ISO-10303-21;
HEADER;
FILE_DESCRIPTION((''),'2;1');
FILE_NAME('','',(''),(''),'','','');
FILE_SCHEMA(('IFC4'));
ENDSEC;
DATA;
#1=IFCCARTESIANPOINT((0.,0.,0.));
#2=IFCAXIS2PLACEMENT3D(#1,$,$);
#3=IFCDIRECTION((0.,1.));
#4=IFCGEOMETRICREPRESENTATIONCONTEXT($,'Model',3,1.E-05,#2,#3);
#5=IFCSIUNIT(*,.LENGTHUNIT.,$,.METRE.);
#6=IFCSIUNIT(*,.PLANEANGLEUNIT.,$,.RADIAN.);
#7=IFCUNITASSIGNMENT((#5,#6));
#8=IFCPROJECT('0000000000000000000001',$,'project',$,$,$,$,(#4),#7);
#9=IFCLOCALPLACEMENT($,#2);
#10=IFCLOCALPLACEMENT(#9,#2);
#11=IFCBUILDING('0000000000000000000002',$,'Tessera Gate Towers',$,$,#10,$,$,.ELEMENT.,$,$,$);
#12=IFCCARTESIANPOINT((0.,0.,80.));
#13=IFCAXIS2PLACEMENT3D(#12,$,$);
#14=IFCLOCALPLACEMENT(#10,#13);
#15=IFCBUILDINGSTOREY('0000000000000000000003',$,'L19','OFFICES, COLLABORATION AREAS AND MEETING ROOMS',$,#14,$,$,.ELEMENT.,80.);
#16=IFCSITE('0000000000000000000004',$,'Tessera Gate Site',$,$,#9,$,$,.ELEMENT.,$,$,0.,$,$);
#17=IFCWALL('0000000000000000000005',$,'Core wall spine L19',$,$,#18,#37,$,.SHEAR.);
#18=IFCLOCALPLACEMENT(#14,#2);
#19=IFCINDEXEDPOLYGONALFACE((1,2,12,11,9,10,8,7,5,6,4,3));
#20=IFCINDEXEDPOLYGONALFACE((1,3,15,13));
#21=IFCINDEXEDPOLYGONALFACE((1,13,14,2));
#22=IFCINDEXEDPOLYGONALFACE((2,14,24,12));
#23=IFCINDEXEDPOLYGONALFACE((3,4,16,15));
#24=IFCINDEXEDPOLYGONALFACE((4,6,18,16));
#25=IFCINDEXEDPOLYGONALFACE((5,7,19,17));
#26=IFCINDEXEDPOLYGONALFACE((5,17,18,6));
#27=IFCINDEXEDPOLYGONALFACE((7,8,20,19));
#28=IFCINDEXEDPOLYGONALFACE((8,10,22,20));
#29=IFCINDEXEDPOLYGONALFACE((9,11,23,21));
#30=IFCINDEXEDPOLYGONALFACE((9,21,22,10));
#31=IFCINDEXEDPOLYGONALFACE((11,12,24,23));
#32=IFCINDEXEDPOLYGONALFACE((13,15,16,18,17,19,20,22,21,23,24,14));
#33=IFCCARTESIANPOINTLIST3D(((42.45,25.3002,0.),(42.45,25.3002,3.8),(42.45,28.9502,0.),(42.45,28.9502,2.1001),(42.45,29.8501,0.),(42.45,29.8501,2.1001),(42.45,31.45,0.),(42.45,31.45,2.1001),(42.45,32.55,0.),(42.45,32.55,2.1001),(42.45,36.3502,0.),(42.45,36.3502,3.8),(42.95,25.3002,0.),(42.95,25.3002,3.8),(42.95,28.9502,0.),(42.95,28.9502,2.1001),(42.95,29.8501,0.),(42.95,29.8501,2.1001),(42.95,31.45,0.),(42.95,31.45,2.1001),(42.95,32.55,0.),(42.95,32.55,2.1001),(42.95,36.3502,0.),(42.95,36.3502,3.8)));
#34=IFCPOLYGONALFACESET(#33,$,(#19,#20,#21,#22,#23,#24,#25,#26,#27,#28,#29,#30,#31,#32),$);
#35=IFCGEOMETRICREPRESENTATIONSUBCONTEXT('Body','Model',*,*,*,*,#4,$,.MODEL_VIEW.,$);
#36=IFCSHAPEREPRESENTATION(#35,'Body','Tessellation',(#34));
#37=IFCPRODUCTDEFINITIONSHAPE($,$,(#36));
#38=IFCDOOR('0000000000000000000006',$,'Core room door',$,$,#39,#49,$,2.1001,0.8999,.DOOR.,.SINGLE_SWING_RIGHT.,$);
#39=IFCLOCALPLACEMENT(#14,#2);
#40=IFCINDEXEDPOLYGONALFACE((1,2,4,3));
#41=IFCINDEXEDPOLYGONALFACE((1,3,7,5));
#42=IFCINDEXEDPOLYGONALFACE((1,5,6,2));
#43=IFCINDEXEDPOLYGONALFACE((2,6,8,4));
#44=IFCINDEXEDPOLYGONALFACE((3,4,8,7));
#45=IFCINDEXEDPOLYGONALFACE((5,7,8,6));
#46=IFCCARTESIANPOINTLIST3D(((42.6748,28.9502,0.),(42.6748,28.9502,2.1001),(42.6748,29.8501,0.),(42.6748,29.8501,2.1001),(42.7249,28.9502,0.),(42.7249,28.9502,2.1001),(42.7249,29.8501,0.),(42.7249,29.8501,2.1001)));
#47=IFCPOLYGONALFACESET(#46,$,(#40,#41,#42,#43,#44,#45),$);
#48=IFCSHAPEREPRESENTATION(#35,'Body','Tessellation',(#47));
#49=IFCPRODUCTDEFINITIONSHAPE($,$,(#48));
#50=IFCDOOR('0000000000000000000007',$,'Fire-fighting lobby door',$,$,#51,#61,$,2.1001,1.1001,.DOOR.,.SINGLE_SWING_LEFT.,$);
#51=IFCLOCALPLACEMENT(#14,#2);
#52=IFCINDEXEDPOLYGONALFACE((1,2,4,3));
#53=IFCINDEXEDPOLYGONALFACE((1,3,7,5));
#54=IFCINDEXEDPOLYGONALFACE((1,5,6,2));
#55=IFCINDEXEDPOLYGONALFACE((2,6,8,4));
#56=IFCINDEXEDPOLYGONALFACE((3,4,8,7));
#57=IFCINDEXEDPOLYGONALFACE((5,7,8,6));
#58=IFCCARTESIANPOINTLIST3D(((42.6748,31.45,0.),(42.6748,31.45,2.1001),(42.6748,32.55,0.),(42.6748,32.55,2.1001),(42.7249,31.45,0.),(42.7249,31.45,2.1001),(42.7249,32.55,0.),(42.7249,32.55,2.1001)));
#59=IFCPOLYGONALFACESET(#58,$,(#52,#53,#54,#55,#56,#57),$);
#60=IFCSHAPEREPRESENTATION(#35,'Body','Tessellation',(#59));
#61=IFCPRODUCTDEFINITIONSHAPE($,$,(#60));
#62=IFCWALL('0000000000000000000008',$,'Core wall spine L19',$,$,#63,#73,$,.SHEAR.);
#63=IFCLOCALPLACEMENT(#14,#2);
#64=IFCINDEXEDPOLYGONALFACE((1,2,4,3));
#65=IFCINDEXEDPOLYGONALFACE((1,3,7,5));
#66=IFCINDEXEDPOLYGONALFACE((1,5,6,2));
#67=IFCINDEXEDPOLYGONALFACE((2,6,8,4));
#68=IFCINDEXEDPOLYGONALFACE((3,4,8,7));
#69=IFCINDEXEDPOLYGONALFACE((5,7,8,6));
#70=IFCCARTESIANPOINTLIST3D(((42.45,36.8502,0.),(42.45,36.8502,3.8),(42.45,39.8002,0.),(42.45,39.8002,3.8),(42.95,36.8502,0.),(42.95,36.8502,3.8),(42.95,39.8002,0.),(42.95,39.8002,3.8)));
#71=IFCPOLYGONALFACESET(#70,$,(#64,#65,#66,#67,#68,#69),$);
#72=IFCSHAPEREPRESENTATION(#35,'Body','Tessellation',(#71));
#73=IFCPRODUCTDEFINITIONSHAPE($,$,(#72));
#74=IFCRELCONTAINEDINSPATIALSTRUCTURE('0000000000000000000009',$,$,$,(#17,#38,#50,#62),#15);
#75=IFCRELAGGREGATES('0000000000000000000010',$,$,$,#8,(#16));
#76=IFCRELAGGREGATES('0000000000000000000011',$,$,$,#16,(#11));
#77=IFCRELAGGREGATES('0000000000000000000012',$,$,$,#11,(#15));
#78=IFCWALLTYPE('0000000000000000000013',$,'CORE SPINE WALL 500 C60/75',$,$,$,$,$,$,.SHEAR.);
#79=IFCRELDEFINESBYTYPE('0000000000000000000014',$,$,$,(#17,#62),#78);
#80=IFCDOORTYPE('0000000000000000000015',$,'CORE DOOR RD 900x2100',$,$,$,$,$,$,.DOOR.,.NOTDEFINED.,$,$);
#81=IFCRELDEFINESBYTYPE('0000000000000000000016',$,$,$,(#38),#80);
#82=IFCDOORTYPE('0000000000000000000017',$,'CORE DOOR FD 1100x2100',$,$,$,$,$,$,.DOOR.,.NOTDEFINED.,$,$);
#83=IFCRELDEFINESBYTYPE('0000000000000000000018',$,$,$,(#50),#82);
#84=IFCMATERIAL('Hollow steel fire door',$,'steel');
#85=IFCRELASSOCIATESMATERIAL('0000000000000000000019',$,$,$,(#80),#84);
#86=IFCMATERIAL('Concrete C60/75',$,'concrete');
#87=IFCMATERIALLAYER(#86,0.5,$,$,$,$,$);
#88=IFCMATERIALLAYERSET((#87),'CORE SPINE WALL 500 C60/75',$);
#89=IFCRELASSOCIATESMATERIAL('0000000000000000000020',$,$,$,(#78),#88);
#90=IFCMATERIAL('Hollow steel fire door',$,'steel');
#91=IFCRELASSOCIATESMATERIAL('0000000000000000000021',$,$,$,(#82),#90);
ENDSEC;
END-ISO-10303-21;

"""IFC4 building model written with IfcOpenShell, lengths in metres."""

from ifc_helpers import new_model, si_unit, direction, frame, frame_2d, origin, place, context, subcontext, project, spatial, rectangle, extrude, source, transform, mapped, material, layer, layer_set, type_object, element, fill, save


model = new_model("IFC4")

# Units and contexts
model_context = context("Model", 3, precision=1e-05, world=origin(), true_north=direction((0.0, 1.0)))
body_context = subcontext(model_context, "Body", "Model", "MODEL_VIEW")
ifc_project = project(units=[si_unit("LENGTHUNIT", "METRE"), si_unit("PLANEANGLEUNIT", "RADIAN")], contexts=[model_context])

# Site, building, storey
site_placement = place(None, origin())
site = spatial("IfcSite", under=ifc_project, at=site_placement, Name="Tessera Gate Site", CompositionType="ELEMENT", RefElevation=0.0)
building_placement = place(site_placement, origin())
building = spatial("IfcBuilding", under=site, at=building_placement, Name="Tessera Gate Towers", CompositionType="ELEMENT")
storey_placement = place(building_placement, frame((0.0, 0.0, 80.0)))
storey = spatial("IfcBuildingStorey", under=building, at=storey_placement, Name="L19", Description="OFFICES, COLLABORATION AREAS AND MEETING ROOMS", CompositionType="ELEMENT", Elevation=80.0)

# Shared definitions
shared_shape_1 = source(origin(), body_context, "Body", "SweptSolid", [
    extrude(rectangle(XDim=1.1001, YDim=2.1001, at=frame_2d((0.55, 1.05))), frame((0.0, 0.0249, 0.0), z_axis=(0.0, -1.0, 0.0), x_axis=(1.0, 0.0, 0.0)), (0.0, 0.0, 1.0), 0.05),
])

# Wall, openings, doors
ifc_material_1 = material(Name="Hollow steel fire door", Category="steel")
door_type_1 = type_object("IfcDoorType", Name="CORE DOOR RD 900x2100", OperationType="NOTDEFINED", PredefinedType="DOOR", material=ifc_material_1)
shared_shape_2 = source(origin(), body_context, "Body", "SweptSolid", [
    extrude(rectangle(XDim=0.8999, YDim=2.1001, at=frame_2d((0.45, 1.05))), frame((0.0, 0.0249, 0.0), z_axis=(0.0, -1.0, 0.0), x_axis=(1.0, 0.0, 0.0)), (0.0, 0.0, 1.0), 0.05),
])
ifc_material_2 = material(Name="Concrete C60/75", Category="concrete")
ifc_layer_1 = layer(ifc_material_2, 0.5)
ifc_layer_set_1 = layer_set([ifc_layer_1], Name="CORE SPINE WALL 500 C60/75")
wall_type_1 = type_object("IfcWallType", Name="CORE SPINE WALL 500 C60/75", PredefinedType="SHEAR", material=ifc_layer_set_1)
wall_1_placement = place(storey_placement, frame((42.7, 36.3501, 0.0), z_axis=(0.0, 0.0, 1.0), x_axis=(0.0, -1.0, 0.0)))
wall_1 = element("IfcWall", 1, at=wall_1_placement, inside=storey, type_object=wall_type_1, Name="Core wall spine L19", PredefinedType="SHEAR", context=body_context, shape_type="SweptSolid", body=[
    extrude(rectangle(XDim=11.05, YDim=0.5, at=frame_2d((5.5249, 0.0))), origin(), (0.0, 0.0, 1.0), 3.8),
])
shared_shape_3 = source(origin(), body_context, "Body", "SweptSolid", [
    extrude(rectangle(XDim=0.8999, YDim=2.1001, at=frame_2d((0.45, 1.05))), frame((0.0, 0.26, 0.0), z_axis=(0.0, -1.0, 0.0), x_axis=(1.0, 0.0, 0.0)), (0.0, 0.0, 1.0), 0.52),
])
opening_1_placement = place(wall_1_placement, frame((6.5, 0.0, 0.0)))
opening_1 = element("IfcOpeningElement", 2, at=opening_1_placement, cuts=wall_1, PredefinedType="OPENING", context=body_context, shape_type="MappedRepresentation", body=[
    mapped(shared_shape_3, transform((0.0, 0.0, 0.0), scale=1.0)),
])
shared_shape_4 = source(origin(), body_context, "Body", "SweptSolid", [
    extrude(rectangle(XDim=1.1001, YDim=2.1001, at=frame_2d((0.55, 1.05))), frame((0.0, 0.26, 0.0), z_axis=(0.0, -1.0, 0.0), x_axis=(1.0, 0.0, 0.0)), (0.0, 0.0, 1.0), 0.52),
])
opening_2_placement = place(wall_1_placement, frame((3.8, 0.0, 0.0)))
opening_2 = element("IfcOpeningElement", 3, at=opening_2_placement, cuts=wall_1, PredefinedType="OPENING", context=body_context, shape_type="MappedRepresentation", body=[
    mapped(shared_shape_4, transform((0.0, 0.0, 0.0), scale=1.0)),
])
door_1_placement = place(opening_1_placement, origin())
door_1 = element("IfcDoor", 4, at=door_1_placement, inside=storey, type_object=door_type_1, Name="Core room door", OperationType="SINGLE_SWING_RIGHT", OverallHeight=2.1001, OverallWidth=0.8999, PredefinedType="DOOR", context=body_context, shape_type="MappedRepresentation", body=[
    mapped(shared_shape_2, transform((0.0, 0.0, 0.0), scale=1.0)),
])
fill(opening_1, door_1)
ifc_material_3 = material(Name="Hollow steel fire door", Category="steel")
door_type_2 = type_object("IfcDoorType", Name="CORE DOOR FD 1100x2100", OperationType="NOTDEFINED", PredefinedType="DOOR", material=ifc_material_3)
door_2_placement = place(opening_2_placement, origin())
door_2 = element("IfcDoor", 5, at=door_2_placement, inside=storey, type_object=door_type_2, Name="Fire-fighting lobby door", OperationType="SINGLE_SWING_LEFT", OverallHeight=2.1001, OverallWidth=1.1001, PredefinedType="DOOR", context=body_context, shape_type="MappedRepresentation", body=[
    mapped(shared_shape_1, transform((0.0, 0.0, 0.0), scale=1.0)),
])
fill(opening_2, door_2)

# Wall
wall_2_placement = place(storey_placement, frame((42.7, 36.8501, 0.0), z_axis=(0.0, 0.0, 1.0), x_axis=(0.0, 1.0, 0.0)))
element("IfcWall", 6, at=wall_2_placement, inside=storey, type_object=wall_type_1, Name="Core wall spine L19", PredefinedType="SHEAR", context=body_context, shape_type="SweptSolid", body=[
    extrude(rectangle(XDim=2.95, YDim=0.5, at=frame_2d((1.4751, 0.0))), origin(), (0.0, 0.0, 1.0), 3.8),
])

save(model, "model.ifc")
